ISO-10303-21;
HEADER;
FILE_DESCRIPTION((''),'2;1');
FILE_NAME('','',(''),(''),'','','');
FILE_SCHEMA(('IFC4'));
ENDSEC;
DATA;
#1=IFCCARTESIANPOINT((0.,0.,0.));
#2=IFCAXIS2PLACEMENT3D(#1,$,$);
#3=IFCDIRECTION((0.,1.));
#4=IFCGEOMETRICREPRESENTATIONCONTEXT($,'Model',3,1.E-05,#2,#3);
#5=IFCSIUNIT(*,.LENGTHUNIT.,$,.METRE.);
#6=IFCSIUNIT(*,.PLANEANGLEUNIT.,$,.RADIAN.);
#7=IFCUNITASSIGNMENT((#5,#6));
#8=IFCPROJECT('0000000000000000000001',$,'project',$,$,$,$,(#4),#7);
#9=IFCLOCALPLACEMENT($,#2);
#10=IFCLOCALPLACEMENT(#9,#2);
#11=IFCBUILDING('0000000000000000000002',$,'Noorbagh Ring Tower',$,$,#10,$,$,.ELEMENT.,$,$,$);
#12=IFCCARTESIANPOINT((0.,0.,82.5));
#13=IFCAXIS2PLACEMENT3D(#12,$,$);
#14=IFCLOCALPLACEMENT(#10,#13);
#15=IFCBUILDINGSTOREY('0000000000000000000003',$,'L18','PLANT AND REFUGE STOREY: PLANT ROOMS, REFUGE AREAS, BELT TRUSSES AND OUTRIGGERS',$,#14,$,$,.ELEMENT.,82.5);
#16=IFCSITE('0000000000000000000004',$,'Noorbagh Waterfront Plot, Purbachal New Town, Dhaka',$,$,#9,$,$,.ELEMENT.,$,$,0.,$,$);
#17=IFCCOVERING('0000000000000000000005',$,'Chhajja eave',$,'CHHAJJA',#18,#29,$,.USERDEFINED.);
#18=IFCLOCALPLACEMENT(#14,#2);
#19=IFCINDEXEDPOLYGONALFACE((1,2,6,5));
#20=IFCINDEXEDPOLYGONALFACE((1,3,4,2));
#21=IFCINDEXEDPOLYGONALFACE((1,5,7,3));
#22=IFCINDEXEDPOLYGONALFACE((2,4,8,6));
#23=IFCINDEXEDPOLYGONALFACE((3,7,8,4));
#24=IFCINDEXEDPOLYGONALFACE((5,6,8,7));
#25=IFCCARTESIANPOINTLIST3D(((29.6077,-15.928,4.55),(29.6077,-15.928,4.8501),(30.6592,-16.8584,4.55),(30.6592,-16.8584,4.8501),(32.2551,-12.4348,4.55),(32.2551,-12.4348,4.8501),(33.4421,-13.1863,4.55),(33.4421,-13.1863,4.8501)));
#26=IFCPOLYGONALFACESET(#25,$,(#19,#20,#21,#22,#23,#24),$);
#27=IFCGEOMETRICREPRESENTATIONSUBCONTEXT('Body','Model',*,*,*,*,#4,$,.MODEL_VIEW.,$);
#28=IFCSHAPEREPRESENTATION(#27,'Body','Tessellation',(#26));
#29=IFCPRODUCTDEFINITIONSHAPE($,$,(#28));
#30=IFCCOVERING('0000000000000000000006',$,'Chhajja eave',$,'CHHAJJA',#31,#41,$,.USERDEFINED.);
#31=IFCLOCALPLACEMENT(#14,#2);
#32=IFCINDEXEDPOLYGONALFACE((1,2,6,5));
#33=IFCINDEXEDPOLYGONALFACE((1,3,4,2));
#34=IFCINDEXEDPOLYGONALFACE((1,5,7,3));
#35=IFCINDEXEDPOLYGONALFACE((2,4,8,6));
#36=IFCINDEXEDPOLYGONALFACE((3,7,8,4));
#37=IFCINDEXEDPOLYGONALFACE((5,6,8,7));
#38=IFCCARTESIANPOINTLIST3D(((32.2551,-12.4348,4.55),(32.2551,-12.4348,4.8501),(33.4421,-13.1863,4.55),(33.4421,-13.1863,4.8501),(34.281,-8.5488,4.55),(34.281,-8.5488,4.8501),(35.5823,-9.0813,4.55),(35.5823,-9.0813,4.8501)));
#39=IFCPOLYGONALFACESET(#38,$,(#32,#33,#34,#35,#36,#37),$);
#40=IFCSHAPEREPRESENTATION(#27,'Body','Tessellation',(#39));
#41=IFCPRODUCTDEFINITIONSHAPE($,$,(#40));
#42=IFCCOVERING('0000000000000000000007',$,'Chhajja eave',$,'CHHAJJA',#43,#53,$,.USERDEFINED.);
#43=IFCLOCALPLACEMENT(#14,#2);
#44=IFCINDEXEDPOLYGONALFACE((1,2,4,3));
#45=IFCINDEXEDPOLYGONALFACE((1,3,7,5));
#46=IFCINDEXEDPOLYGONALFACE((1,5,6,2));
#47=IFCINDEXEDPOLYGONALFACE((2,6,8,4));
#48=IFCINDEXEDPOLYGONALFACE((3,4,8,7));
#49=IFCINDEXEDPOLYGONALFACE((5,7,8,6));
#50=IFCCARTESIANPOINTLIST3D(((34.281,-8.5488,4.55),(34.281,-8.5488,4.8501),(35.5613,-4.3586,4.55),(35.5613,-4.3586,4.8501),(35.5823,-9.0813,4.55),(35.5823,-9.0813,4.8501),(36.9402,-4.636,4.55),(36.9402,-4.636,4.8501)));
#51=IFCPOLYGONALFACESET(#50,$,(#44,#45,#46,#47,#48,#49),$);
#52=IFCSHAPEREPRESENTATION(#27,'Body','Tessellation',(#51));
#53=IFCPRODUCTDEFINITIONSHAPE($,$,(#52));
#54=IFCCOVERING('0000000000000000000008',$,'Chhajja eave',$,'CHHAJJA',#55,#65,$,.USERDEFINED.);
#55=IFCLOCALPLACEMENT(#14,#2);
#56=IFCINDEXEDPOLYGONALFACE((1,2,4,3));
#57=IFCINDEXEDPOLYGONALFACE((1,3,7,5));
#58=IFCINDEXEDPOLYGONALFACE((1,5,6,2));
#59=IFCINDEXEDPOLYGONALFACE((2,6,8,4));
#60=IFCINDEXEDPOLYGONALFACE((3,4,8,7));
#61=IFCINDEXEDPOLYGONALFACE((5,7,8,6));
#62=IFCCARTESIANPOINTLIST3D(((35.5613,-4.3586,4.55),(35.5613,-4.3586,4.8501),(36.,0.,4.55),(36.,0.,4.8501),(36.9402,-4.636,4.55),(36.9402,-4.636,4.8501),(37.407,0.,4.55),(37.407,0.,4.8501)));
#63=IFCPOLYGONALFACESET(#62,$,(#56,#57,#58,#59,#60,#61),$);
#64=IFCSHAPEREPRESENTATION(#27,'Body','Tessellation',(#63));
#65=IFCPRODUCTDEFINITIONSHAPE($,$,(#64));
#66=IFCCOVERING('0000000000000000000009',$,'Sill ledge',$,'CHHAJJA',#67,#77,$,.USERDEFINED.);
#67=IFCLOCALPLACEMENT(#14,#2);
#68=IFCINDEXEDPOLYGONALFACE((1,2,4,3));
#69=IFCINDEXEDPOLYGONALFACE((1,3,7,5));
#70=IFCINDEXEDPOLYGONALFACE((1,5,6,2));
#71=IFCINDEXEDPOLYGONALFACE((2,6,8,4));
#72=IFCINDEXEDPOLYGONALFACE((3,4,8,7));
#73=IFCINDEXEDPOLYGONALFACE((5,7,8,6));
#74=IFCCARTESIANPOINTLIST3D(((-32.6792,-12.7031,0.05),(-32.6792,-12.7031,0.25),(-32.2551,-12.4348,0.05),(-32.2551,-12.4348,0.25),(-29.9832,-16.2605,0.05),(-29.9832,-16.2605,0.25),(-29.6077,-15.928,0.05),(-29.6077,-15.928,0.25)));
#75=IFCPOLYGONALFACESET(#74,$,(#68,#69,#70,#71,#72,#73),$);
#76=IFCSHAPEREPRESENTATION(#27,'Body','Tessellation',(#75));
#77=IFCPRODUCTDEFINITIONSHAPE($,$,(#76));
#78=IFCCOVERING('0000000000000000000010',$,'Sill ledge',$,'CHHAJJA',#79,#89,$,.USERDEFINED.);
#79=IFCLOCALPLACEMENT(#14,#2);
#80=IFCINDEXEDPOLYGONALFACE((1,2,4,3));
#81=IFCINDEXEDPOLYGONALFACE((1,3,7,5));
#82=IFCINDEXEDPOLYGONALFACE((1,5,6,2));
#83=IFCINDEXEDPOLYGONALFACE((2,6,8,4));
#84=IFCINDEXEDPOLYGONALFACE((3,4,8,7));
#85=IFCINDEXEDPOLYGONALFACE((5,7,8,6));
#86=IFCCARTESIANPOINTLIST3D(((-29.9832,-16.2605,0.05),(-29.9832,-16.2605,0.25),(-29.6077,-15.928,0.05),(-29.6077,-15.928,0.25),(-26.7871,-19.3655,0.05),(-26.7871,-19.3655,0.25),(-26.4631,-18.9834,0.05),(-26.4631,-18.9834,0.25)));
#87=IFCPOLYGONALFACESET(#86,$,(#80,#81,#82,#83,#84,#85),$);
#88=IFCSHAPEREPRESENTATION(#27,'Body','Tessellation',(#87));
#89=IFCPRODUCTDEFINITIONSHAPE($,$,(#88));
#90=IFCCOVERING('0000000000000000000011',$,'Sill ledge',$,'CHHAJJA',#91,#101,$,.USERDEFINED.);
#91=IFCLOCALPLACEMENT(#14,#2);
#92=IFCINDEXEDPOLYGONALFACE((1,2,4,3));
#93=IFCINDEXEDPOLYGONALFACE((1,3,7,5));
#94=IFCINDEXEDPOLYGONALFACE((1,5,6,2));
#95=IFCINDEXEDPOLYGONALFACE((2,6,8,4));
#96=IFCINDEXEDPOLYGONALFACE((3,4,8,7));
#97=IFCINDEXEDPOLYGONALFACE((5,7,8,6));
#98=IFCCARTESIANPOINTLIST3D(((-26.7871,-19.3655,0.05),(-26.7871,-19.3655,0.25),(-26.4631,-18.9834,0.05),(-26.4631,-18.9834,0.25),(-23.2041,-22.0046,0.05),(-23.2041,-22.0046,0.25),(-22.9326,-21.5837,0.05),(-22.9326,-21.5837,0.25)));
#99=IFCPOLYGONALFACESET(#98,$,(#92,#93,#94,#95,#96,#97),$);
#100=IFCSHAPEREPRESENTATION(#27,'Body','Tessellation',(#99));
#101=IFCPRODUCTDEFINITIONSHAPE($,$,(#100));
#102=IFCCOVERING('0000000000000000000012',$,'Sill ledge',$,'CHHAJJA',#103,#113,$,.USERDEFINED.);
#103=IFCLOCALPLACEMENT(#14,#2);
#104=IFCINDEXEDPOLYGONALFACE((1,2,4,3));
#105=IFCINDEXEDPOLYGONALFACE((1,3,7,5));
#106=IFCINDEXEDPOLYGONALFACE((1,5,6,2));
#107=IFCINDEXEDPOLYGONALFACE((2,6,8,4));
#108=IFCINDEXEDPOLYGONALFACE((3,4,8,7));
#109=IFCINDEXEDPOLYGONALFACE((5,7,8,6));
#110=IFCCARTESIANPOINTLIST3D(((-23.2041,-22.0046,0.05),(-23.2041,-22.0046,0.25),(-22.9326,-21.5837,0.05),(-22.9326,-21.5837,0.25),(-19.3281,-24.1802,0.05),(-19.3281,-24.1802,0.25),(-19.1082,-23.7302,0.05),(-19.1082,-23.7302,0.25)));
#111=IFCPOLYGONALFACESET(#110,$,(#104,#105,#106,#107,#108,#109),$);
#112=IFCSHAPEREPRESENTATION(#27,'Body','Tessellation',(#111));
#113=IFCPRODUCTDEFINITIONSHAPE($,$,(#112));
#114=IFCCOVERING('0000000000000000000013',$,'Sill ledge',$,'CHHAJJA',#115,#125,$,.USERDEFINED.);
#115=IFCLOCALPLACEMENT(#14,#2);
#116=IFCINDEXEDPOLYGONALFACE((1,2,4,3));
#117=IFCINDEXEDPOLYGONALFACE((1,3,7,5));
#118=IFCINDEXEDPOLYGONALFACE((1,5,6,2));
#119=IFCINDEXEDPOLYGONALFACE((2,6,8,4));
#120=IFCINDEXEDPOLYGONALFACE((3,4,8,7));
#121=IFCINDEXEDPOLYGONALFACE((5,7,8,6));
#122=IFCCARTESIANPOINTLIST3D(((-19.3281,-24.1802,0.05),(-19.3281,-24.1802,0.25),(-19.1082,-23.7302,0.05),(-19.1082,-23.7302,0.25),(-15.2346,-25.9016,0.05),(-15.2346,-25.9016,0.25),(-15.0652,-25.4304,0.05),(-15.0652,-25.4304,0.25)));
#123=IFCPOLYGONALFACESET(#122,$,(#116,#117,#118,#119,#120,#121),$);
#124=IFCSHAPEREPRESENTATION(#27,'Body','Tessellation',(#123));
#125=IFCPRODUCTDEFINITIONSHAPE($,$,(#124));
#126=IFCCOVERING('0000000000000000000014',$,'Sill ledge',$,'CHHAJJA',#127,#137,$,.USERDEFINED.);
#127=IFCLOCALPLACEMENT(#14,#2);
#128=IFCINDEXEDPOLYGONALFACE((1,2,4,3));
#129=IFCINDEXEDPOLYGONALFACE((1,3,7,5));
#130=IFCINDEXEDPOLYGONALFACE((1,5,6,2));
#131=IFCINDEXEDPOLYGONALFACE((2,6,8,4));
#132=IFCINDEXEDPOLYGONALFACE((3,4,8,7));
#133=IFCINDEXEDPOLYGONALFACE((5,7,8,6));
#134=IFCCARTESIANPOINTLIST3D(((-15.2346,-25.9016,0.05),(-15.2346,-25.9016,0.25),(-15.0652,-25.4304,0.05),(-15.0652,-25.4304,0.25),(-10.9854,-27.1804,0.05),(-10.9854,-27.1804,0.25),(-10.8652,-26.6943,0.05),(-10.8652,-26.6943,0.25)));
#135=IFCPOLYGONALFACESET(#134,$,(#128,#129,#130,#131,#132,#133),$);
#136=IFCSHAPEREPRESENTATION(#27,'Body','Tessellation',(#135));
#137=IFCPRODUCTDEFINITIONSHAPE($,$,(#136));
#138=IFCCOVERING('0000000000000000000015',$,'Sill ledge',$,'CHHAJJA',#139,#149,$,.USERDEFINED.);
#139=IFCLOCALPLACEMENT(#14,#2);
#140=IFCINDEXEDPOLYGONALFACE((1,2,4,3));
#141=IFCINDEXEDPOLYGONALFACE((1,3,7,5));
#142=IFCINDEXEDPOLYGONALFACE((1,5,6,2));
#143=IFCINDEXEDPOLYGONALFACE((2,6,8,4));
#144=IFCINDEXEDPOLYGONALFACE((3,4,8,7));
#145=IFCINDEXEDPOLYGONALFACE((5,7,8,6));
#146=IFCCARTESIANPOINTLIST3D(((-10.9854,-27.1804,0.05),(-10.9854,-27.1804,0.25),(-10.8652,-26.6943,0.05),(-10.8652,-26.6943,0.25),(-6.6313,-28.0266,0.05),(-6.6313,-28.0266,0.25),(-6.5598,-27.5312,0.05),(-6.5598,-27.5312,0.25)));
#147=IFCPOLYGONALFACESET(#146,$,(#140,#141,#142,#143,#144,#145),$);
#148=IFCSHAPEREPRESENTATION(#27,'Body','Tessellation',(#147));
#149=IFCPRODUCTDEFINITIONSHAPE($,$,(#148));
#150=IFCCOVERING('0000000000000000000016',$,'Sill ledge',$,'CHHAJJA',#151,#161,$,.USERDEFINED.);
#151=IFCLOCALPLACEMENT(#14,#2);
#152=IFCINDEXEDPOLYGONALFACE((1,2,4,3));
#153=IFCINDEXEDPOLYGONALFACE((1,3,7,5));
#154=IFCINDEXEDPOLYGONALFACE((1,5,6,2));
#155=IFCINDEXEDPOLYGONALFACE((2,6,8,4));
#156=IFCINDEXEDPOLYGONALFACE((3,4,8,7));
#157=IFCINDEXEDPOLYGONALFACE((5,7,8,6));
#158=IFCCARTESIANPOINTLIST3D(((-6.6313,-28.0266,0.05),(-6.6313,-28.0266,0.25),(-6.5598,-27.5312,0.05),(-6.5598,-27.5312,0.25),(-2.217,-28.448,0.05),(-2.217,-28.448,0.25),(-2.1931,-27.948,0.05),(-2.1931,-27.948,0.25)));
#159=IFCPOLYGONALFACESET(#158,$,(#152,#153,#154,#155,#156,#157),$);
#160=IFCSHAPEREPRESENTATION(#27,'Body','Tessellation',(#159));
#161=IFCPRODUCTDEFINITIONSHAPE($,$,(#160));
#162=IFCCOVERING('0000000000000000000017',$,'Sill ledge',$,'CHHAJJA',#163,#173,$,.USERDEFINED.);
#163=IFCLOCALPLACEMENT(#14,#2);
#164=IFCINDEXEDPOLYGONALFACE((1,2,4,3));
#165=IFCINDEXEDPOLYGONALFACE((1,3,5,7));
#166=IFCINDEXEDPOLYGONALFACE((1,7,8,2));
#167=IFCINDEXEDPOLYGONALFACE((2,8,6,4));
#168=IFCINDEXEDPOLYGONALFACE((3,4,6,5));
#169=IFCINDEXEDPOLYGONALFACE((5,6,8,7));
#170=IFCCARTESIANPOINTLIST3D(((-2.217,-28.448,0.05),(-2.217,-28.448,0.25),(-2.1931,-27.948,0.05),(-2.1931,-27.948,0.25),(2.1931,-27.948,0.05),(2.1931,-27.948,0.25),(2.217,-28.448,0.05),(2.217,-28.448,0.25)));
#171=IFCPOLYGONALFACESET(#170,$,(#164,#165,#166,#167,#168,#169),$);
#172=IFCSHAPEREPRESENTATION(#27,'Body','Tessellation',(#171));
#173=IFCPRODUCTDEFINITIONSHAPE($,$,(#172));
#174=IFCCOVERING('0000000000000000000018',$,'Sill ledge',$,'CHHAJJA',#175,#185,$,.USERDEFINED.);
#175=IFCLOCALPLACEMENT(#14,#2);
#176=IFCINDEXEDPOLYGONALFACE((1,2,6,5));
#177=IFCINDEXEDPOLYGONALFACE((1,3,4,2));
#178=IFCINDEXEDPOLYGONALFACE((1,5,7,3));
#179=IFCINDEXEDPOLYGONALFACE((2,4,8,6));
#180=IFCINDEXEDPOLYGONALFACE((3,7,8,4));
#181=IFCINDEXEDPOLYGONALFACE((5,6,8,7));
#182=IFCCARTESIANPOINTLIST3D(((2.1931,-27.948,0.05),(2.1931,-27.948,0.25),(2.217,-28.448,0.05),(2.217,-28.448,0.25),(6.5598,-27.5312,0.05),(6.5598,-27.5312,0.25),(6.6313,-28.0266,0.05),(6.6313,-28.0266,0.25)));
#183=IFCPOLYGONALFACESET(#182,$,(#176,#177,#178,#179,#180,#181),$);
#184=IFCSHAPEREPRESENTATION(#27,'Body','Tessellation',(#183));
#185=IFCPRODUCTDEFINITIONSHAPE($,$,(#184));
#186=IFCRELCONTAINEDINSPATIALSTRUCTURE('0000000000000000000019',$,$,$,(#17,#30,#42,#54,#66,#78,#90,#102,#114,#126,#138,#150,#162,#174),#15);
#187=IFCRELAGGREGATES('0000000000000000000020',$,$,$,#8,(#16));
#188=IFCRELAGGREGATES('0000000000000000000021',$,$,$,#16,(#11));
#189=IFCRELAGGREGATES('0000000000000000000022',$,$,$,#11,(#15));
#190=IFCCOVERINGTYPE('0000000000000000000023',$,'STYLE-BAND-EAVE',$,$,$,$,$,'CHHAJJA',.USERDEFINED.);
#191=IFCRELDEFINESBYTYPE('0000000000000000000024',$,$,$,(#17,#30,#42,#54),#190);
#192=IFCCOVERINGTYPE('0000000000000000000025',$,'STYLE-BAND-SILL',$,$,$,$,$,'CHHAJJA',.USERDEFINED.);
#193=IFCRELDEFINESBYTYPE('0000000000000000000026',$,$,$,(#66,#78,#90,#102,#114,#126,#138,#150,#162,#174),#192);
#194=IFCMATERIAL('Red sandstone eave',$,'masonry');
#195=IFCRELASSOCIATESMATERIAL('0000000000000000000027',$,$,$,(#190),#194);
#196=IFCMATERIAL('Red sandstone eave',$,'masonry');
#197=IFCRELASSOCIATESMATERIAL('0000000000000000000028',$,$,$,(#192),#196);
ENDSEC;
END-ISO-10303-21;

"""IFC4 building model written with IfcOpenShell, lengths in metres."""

from ifc_helpers import new_model, si_unit, direction, frame, origin, place, context, subcontext, project, spatial, polyline, outline, extrude, material, type_object, element, save


model = new_model("IFC4")

# Units and contexts
model_context = context("Model", 3, precision=1e-05, world=origin(), true_north=direction((0.0, 1.0)))
body_context = subcontext(model_context, "Body", "Model", "MODEL_VIEW")
ifc_project = project(units=[si_unit("LENGTHUNIT", "METRE"), si_unit("PLANEANGLEUNIT", "RADIAN")], contexts=[model_context])

# Site, building, storey
site_placement = place(None, origin())
site = spatial("IfcSite", under=ifc_project, at=site_placement, Name="Noorbagh Waterfront Plot, Purbachal New Town, Dhaka", CompositionType="ELEMENT", RefElevation=0.0)
building_placement = place(site_placement, origin())
building = spatial("IfcBuilding", under=site, at=building_placement, Name="Noorbagh Ring Tower", CompositionType="ELEMENT")
storey_placement = place(building_placement, frame((0.0, 0.0, 82.5)))
storey = spatial("IfcBuildingStorey", under=building, at=storey_placement, Name="L18", Description="PLANT AND REFUGE STOREY: PLANT ROOMS, REFUGE AREAS, BELT TRUSSES AND OUTRIGGERS", CompositionType="ELEMENT", Elevation=82.5)

# Coverings
ifc_material_1 = material(Name="Red sandstone eave", Category="masonry")
covering_type_1 = type_object("IfcCoveringType", Name="STYLE-BAND-EAVE", ElementType="CHHAJJA", PredefinedType="USERDEFINED", material=ifc_material_1)
covering_1_placement = place(storey_placement, frame((0.0, 0.0, 4.55)))
element("IfcCovering", 1, at=covering_1_placement, inside=storey, type_object=covering_type_1, Name="Chhajja eave", ObjectType="CHHAJJA", PredefinedType="USERDEFINED", context=body_context, shape_type="SweptSolid", body=[
    extrude(outline(polyline([(29.6077, -15.928), (32.2551, -12.4348), (33.4421, -13.1863), (30.6592, -16.8584), (29.6077, -15.928)])), origin(), (0.0, 0.0, 1.0), 0.3),
])
covering_2_placement = place(storey_placement, frame((0.0, 0.0, 4.55)))
element("IfcCovering", 2, at=covering_2_placement, inside=storey, type_object=covering_type_1, Name="Chhajja eave", ObjectType="CHHAJJA", PredefinedType="USERDEFINED", context=body_context, shape_type="SweptSolid", body=[
    extrude(outline(polyline([(32.2551, -12.4348), (34.281, -8.5488), (35.5823, -9.0813), (33.4421, -13.1863), (32.2551, -12.4348)])), origin(), (0.0, 0.0, 1.0), 0.3),
])
covering_3_placement = place(storey_placement, frame((0.0, 0.0, 4.55)))
element("IfcCovering", 3, at=covering_3_placement, inside=storey, type_object=covering_type_1, Name="Chhajja eave", ObjectType="CHHAJJA", PredefinedType="USERDEFINED", context=body_context, shape_type="SweptSolid", body=[
    extrude(outline(polyline([(34.281, -8.5488), (35.5613, -4.3586), (36.9402, -4.636), (35.5823, -9.0813), (34.281, -8.5488)])), origin(), (0.0, 0.0, 1.0), 0.3),
])
covering_4_placement = place(storey_placement, frame((0.0, 0.0, 4.55)))
element("IfcCovering", 4, at=covering_4_placement, inside=storey, type_object=covering_type_1, Name="Chhajja eave", ObjectType="CHHAJJA", PredefinedType="USERDEFINED", context=body_context, shape_type="SweptSolid", body=[
    extrude(outline(polyline([(35.5613, -4.3586), (36.0, 0.0), (37.407, 0.0), (36.9402, -4.636), (35.5613, -4.3586)])), origin(), (0.0, 0.0, 1.0), 0.3),
])
ifc_material_2 = material(Name="Red sandstone eave", Category="masonry")
covering_type_2 = type_object("IfcCoveringType", Name="STYLE-BAND-SILL", ElementType="CHHAJJA", PredefinedType="USERDEFINED", material=ifc_material_2)
covering_5_placement = place(storey_placement, frame((0.0, 0.0, 0.05)))
element("IfcCovering", 5, at=covering_5_placement, inside=storey, type_object=covering_type_2, Name="Sill ledge", ObjectType="CHHAJJA", PredefinedType="USERDEFINED", context=body_context, shape_type="SweptSolid", body=[
    extrude(outline(polyline([(-32.2551, -12.4348), (-29.6077, -15.928), (-29.9832, -16.2605), (-32.6792, -12.7031), (-32.2551, -12.4348)])), origin(), (0.0, 0.0, 1.0), 0.2),
])
covering_6_placement = place(storey_placement, frame((0.0, 0.0, 0.05)))
element("IfcCovering", 6, at=covering_6_placement, inside=storey, type_object=covering_type_2, Name="Sill ledge", ObjectType="CHHAJJA", PredefinedType="USERDEFINED", context=body_context, shape_type="SweptSolid", body=[
    extrude(outline(polyline([(-29.6077, -15.928), (-26.4631, -18.9834), (-26.7871, -19.3655), (-29.9832, -16.2605), (-29.6077, -15.928)])), origin(), (0.0, 0.0, 1.0), 0.2),
])
covering_7_placement = place(storey_placement, frame((0.0, 0.0, 0.05)))
element("IfcCovering", 7, at=covering_7_placement, inside=storey, type_object=covering_type_2, Name="Sill ledge", ObjectType="CHHAJJA", PredefinedType="USERDEFINED", context=body_context, shape_type="SweptSolid", body=[
    extrude(outline(polyline([(-26.4631, -18.9834), (-22.9326, -21.5837), (-23.2041, -22.0046), (-26.7871, -19.3655), (-26.4631, -18.9834)])), origin(), (0.0, 0.0, 1.0), 0.2),
])
covering_8_placement = place(storey_placement, frame((0.0, 0.0, 0.05)))
element("IfcCovering", 8, at=covering_8_placement, inside=storey, type_object=covering_type_2, Name="Sill ledge", ObjectType="CHHAJJA", PredefinedType="USERDEFINED", context=body_context, shape_type="SweptSolid", body=[
    extrude(outline(polyline([(-22.9326, -21.5837), (-19.1082, -23.7302), (-19.3281, -24.1802), (-23.2041, -22.0046), (-22.9326, -21.5837)])), origin(), (0.0, 0.0, 1.0), 0.2),
])
covering_9_placement = place(storey_placement, frame((0.0, 0.0, 0.05)))
element("IfcCovering", 9, at=covering_9_placement, inside=storey, type_object=covering_type_2, Name="Sill ledge", ObjectType="CHHAJJA", PredefinedType="USERDEFINED", context=body_context, shape_type="SweptSolid", body=[
    extrude(outline(polyline([(-19.1082, -23.7302), (-15.0652, -25.4304), (-15.2346, -25.9016), (-19.3281, -24.1802), (-19.1082, -23.7302)])), origin(), (0.0, 0.0, 1.0), 0.2),
])
covering_10_placement = place(storey_placement, frame((0.0, 0.0, 0.05)))
element("IfcCovering", 10, at=covering_10_placement, inside=storey, type_object=covering_type_2, Name="Sill ledge", ObjectType="CHHAJJA", PredefinedType="USERDEFINED", context=body_context, shape_type="SweptSolid", body=[
    extrude(outline(polyline([(-15.0652, -25.4304), (-10.8652, -26.6943), (-10.9854, -27.1804), (-15.2346, -25.9016), (-15.0652, -25.4304)])), origin(), (0.0, 0.0, 1.0), 0.2),
])
covering_11_placement = place(storey_placement, frame((0.0, 0.0, 0.05)))
element("IfcCovering", 11, at=covering_11_placement, inside=storey, type_object=covering_type_2, Name="Sill ledge", ObjectType="CHHAJJA", PredefinedType="USERDEFINED", context=body_context, shape_type="SweptSolid", body=[
    extrude(outline(polyline([(-10.8652, -26.6943), (-6.5598, -27.5312), (-6.6313, -28.0266), (-10.9854, -27.1804), (-10.8652, -26.6943)])), origin(), (0.0, 0.0, 1.0), 0.2),
])
covering_12_placement = place(storey_placement, frame((0.0, 0.0, 0.05)))
element("IfcCovering", 12, at=covering_12_placement, inside=storey, type_object=covering_type_2, Name="Sill ledge", ObjectType="CHHAJJA", PredefinedType="USERDEFINED", context=body_context, shape_type="SweptSolid", body=[
    extrude(outline(polyline([(-6.5598, -27.5312), (-2.1931, -27.948), (-2.217, -28.448), (-6.6313, -28.0266), (-6.5598, -27.5312)])), origin(), (0.0, 0.0, 1.0), 0.2),
])
covering_13_placement = place(storey_placement, frame((0.0, 0.0, 0.05)))
element("IfcCovering", 13, at=covering_13_placement, inside=storey, type_object=covering_type_2, Name="Sill ledge", ObjectType="CHHAJJA", PredefinedType="USERDEFINED", context=body_context, shape_type="SweptSolid", body=[
    extrude(outline(polyline([(-2.1931, -27.948), (2.1931, -27.948), (2.217, -28.448), (-2.217, -28.448), (-2.1931, -27.948)])), origin(), (0.0, 0.0, 1.0), 0.2),
])
covering_14_placement = place(storey_placement, frame((0.0, 0.0, 0.05)))
element("IfcCovering", 14, at=covering_14_placement, inside=storey, type_object=covering_type_2, Name="Sill ledge", ObjectType="CHHAJJA", PredefinedType="USERDEFINED", context=body_context, shape_type="SweptSolid", body=[
    extrude(outline(polyline([(2.1931, -27.948), (6.5598, -27.5312), (6.6313, -28.0266), (2.217, -28.448), (2.1931, -27.948)])), origin(), (0.0, 0.0, 1.0), 0.2),
])

save(model, "model.ifc")
